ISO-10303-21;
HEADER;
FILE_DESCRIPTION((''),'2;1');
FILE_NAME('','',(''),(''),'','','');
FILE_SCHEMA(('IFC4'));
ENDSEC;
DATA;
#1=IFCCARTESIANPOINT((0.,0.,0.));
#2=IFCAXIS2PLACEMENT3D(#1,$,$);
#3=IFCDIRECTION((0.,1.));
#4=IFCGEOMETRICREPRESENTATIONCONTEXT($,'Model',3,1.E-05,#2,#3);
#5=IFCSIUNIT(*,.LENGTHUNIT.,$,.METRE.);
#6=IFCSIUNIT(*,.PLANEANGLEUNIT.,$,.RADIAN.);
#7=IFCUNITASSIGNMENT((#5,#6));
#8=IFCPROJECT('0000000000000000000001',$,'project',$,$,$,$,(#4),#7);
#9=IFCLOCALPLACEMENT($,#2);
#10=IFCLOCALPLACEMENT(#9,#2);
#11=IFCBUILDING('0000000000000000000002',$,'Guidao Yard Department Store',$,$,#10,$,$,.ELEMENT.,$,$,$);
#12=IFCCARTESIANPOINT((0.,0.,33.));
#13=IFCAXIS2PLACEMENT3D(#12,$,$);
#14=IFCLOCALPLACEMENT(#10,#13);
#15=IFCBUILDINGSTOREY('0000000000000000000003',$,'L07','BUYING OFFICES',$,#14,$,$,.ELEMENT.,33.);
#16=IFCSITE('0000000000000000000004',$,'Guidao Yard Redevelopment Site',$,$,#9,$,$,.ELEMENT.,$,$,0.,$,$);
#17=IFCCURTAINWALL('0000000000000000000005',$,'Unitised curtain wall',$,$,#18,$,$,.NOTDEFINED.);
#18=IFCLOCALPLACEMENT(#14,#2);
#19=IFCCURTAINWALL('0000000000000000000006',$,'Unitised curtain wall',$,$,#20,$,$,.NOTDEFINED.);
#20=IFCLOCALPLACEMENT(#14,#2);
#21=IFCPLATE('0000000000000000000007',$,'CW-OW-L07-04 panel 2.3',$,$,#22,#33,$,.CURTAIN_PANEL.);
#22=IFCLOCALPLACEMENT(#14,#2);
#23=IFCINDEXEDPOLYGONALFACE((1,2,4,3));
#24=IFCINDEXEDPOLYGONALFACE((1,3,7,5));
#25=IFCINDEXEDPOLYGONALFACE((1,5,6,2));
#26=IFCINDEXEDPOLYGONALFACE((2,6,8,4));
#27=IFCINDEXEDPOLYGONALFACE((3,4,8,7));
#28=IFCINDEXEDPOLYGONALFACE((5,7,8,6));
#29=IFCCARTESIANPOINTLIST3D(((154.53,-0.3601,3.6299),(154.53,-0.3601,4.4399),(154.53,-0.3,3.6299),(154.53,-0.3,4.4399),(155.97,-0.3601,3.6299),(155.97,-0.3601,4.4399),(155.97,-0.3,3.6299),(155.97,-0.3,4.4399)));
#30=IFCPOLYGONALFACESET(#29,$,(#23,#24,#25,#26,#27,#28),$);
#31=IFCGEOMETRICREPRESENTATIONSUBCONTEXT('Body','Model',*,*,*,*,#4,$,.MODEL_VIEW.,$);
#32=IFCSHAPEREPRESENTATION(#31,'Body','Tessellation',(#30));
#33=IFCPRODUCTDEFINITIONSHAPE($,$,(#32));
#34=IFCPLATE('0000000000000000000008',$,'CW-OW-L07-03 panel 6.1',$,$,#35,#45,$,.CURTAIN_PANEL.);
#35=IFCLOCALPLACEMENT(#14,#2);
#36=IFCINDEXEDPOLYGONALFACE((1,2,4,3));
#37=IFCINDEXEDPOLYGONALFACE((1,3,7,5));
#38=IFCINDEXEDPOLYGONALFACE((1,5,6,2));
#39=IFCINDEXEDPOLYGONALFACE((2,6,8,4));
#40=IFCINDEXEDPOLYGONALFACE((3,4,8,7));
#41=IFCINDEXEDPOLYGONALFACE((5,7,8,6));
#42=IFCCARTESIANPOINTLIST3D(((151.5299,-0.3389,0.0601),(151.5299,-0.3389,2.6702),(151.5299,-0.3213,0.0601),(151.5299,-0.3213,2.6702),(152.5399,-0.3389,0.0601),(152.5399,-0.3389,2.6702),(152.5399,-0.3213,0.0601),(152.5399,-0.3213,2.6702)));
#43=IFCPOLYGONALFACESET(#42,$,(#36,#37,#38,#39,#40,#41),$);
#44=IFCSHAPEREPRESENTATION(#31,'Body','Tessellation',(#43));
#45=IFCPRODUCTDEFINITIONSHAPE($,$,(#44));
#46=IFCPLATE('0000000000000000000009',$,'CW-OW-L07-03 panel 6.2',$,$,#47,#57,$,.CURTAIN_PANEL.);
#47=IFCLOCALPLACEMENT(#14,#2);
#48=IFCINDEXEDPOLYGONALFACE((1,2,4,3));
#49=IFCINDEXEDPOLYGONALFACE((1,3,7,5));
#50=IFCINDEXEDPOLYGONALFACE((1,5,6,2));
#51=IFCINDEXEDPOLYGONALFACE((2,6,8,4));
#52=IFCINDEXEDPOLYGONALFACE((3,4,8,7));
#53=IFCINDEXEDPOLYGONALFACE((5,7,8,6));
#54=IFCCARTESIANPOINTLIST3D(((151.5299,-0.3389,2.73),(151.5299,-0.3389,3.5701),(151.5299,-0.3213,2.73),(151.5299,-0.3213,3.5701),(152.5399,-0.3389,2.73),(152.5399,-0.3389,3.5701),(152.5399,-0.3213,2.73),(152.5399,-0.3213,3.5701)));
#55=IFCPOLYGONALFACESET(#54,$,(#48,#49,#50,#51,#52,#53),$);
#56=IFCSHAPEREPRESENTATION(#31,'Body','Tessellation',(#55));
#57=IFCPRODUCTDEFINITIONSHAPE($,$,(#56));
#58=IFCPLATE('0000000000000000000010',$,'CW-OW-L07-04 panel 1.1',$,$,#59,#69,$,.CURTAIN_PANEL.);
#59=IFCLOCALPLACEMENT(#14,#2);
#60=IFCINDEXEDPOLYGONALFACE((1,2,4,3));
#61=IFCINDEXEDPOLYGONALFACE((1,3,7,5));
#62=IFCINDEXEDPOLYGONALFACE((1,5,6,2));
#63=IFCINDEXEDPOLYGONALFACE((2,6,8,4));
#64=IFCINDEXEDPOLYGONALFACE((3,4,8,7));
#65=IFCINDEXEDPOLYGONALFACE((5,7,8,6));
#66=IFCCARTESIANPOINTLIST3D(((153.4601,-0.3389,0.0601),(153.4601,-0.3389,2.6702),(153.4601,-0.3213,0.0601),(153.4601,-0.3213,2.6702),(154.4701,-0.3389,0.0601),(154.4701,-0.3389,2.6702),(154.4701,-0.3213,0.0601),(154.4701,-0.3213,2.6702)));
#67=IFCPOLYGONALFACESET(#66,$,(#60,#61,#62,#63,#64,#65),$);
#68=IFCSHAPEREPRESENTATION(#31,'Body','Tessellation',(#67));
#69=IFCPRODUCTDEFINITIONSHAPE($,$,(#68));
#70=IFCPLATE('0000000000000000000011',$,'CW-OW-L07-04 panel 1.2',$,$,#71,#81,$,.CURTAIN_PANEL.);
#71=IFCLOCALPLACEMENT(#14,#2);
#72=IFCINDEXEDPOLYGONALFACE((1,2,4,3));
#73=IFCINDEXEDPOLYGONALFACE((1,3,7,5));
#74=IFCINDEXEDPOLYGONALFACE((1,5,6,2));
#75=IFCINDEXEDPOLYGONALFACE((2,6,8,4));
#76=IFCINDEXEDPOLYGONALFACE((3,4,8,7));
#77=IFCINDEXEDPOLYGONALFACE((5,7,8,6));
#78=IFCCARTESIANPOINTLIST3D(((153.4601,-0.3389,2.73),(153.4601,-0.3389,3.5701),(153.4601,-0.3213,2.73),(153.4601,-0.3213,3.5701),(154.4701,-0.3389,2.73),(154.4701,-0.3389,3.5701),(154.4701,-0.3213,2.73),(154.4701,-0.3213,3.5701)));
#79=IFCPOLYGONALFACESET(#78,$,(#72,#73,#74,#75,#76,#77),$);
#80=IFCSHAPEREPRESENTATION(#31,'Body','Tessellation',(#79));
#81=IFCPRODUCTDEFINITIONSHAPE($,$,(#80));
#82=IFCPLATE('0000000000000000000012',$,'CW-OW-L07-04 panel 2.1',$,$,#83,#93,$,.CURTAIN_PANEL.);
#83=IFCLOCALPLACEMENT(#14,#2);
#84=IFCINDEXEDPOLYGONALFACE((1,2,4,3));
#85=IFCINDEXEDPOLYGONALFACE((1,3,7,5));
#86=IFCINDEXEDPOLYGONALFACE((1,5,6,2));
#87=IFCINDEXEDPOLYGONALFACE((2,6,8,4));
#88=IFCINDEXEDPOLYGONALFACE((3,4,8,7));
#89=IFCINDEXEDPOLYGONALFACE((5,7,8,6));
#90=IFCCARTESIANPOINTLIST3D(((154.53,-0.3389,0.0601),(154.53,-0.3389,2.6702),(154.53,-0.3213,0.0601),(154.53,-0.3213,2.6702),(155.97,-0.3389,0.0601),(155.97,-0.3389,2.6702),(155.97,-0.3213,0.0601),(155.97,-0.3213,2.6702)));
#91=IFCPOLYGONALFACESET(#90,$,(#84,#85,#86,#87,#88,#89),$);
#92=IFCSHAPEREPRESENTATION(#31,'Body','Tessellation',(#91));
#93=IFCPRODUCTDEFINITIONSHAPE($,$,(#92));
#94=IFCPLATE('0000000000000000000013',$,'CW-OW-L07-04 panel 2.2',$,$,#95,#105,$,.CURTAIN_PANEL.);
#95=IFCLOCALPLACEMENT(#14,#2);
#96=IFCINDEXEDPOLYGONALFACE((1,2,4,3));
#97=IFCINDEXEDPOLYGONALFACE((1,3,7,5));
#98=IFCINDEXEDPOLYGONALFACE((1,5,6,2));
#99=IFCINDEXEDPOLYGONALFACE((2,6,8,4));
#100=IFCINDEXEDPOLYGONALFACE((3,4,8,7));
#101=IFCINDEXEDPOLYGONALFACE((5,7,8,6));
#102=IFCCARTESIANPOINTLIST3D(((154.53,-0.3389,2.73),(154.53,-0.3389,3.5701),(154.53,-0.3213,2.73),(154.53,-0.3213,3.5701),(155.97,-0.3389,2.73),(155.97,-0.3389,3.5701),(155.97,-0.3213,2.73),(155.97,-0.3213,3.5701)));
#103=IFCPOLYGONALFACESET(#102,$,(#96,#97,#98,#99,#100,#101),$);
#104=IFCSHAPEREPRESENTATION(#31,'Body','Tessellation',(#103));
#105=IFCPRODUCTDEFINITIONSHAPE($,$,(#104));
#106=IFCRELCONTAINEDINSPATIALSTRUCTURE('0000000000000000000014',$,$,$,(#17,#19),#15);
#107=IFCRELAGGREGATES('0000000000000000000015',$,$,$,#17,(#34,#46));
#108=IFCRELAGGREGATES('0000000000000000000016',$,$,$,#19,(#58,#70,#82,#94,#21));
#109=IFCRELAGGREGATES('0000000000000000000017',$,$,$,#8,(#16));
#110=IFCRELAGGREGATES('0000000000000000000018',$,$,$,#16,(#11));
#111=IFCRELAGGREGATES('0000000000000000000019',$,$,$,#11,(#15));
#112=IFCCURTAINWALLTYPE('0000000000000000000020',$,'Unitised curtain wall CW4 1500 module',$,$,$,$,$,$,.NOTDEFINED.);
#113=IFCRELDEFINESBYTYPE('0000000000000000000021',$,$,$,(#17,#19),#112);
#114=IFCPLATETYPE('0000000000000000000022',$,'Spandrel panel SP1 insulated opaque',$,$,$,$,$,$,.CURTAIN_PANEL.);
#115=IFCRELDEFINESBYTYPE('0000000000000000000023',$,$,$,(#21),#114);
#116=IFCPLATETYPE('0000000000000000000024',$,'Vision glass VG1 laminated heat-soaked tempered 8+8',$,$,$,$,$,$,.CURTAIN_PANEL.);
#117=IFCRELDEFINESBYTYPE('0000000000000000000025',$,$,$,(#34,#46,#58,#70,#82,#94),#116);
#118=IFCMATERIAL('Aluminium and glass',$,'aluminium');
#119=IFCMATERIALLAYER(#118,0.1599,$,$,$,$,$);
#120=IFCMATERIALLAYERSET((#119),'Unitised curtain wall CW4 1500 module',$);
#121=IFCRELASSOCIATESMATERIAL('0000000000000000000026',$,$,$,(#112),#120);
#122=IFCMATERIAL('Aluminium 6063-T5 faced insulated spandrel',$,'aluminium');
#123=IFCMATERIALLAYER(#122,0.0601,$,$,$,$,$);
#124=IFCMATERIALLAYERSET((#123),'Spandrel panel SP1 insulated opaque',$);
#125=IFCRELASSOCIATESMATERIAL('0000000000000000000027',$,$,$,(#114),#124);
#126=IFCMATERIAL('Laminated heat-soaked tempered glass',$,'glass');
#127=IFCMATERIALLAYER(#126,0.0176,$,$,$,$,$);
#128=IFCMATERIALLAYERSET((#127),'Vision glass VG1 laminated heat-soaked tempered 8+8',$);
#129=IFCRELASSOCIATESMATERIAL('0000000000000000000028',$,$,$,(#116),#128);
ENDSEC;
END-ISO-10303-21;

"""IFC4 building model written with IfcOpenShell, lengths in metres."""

from ifc_helpers import new_model, si_unit, direction, frame, origin, origin_2d, place, context, subcontext, project, spatial, rectangle, extrude, material, layer, layer_set, type_object, element, aggregate, save


model = new_model("IFC4")

# Units and contexts
model_context = context("Model", 3, precision=1e-05, world=origin(), true_north=direction((0.0, 1.0)))
body_context = subcontext(model_context, "Body", "Model", "MODEL_VIEW")
ifc_project = project(units=[si_unit("LENGTHUNIT", "METRE"), si_unit("PLANEANGLEUNIT", "RADIAN")], contexts=[model_context])

# Site, building, storey
site_placement = place(None, origin())
site = spatial("IfcSite", under=ifc_project, at=site_placement, Name="Guidao Yard Redevelopment Site", CompositionType="ELEMENT", RefElevation=0.0)
building_placement = place(site_placement, origin())
building = spatial("IfcBuilding", under=site, at=building_placement, Name="Guidao Yard Department Store", CompositionType="ELEMENT")
storey_placement = place(building_placement, frame((0.0, 0.0, 33.0)))
storey = spatial("IfcBuildingStorey", under=building, at=storey_placement, Name="L07", Description="BUYING OFFICES", CompositionType="ELEMENT", Elevation=33.0)

# Curtain wall
ifc_material_1 = material(Name="Aluminium and glass", Category="aluminium")
ifc_layer_1 = layer(ifc_material_1, 0.1599)
ifc_layer_set_1 = layer_set([ifc_layer_1], Name="Unitised curtain wall CW4 1500 module")
curtain_wall_type = type_object("IfcCurtainWallType", Name="Unitised curtain wall CW4 1500 module", PredefinedType="NOTDEFINED", material=ifc_layer_set_1)
curtain_wall_1_placement = place(storey_placement, origin())
curtain_wall_1 = element("IfcCurtainWall", 1, at=curtain_wall_1_placement, inside=storey, type_object=curtain_wall_type, Name="Unitised curtain wall", PredefinedType="NOTDEFINED")

# Curtain wall
curtain_wall_2_placement = place(storey_placement, origin())
curtain_wall_2 = element("IfcCurtainWall", 2, at=curtain_wall_2_placement, inside=storey, type_object=curtain_wall_type, Name="Unitised curtain wall", PredefinedType="NOTDEFINED")

# Plates
ifc_material_2 = material(Name="Aluminium 6063-T5 faced insulated spandrel", Category="aluminium")
ifc_layer_2 = layer(ifc_material_2, 0.0601)
ifc_layer_set_2 = layer_set([ifc_layer_2], Name="Spandrel panel SP1 insulated opaque")
plate_type_1 = type_object("IfcPlateType", Name="Spandrel panel SP1 insulated opaque", PredefinedType="CURTAIN_PANEL", material=ifc_layer_set_2)
plate_1_placement = place(storey_placement, frame((155.25, -0.3301, 3.6299), z_axis=(0.0, 0.0, 1.0), x_axis=(-1.0, 0.0, 0.0)))
plate_1 = element("IfcPlate", 3, at=plate_1_placement, type_object=plate_type_1, Name="CW-OW-L07-04 panel 2.3", PredefinedType="CURTAIN_PANEL", context=body_context, shape_type="SweptSolid", body=[
    extrude(rectangle(XDim=1.4399, YDim=0.0601, at=origin_2d()), origin(), (0.0, 0.0, 1.0), 0.8101),
])
ifc_material_3 = material(Name="Laminated heat-soaked tempered glass", Category="glass")
ifc_layer_3 = layer(ifc_material_3, 0.0176)
ifc_layer_set_3 = layer_set([ifc_layer_3], Name="Vision glass VG1 laminated heat-soaked tempered 8+8")
plate_type_2 = type_object("IfcPlateType", Name="Vision glass VG1 laminated heat-soaked tempered 8+8", PredefinedType="CURTAIN_PANEL", material=ifc_layer_set_3)
plate_2_placement = place(storey_placement, frame((152.0349, -0.3301, 0.0601), z_axis=(0.0, 0.0, 1.0), x_axis=(-1.0, 0.0, 0.0)))
plate_2 = element("IfcPlate", 4, at=plate_2_placement, type_object=plate_type_2, Name="CW-OW-L07-03 panel 6.1", PredefinedType="CURTAIN_PANEL", context=body_context, shape_type="SweptSolid", body=[
    extrude(rectangle(XDim=1.01, YDim=0.0176, at=origin_2d()), origin(), (0.0, 0.0, 1.0), 2.6101),
])
plate_3_placement = place(storey_placement, frame((152.0349, -0.3301, 2.73), z_axis=(0.0, 0.0, 1.0), x_axis=(-1.0, 0.0, 0.0)))
plate_3 = element("IfcPlate", 5, at=plate_3_placement, type_object=plate_type_2, Name="CW-OW-L07-03 panel 6.2", PredefinedType="CURTAIN_PANEL", context=body_context, shape_type="SweptSolid", body=[
    extrude(rectangle(XDim=1.01, YDim=0.0176, at=origin_2d()), origin(), (0.0, 0.0, 1.0), 0.8401),
])
aggregate(curtain_wall_1, [plate_2, plate_3])
plate_4_placement = place(storey_placement, frame((153.9651, -0.3301, 0.0601), z_axis=(0.0, 0.0, 1.0), x_axis=(-1.0, 0.0, 0.0)))
plate_4 = element("IfcPlate", 6, at=plate_4_placement, type_object=plate_type_2, Name="CW-OW-L07-04 panel 1.1", PredefinedType="CURTAIN_PANEL", context=body_context, shape_type="SweptSolid", body=[
    extrude(rectangle(XDim=1.01, YDim=0.0176, at=origin_2d()), origin(), (0.0, 0.0, 1.0), 2.6101),
])
plate_5_placement = place(storey_placement, frame((153.9651, -0.3301, 2.73), z_axis=(0.0, 0.0, 1.0), x_axis=(-1.0, 0.0, 0.0)))
plate_5 = element("IfcPlate", 7, at=plate_5_placement, type_object=plate_type_2, Name="CW-OW-L07-04 panel 1.2", PredefinedType="CURTAIN_PANEL", context=body_context, shape_type="SweptSolid", body=[
    extrude(rectangle(XDim=1.01, YDim=0.0176, at=origin_2d()), origin(), (0.0, 0.0, 1.0), 0.8401),
])
plate_6_placement = place(storey_placement, frame((155.25, -0.3301, 0.0601), z_axis=(0.0, 0.0, 1.0), x_axis=(-1.0, 0.0, 0.0)))
plate_6 = element("IfcPlate", 8, at=plate_6_placement, type_object=plate_type_2, Name="CW-OW-L07-04 panel 2.1", PredefinedType="CURTAIN_PANEL", context=body_context, shape_type="SweptSolid", body=[
    extrude(rectangle(XDim=1.4399, YDim=0.0176, at=origin_2d()), origin(), (0.0, 0.0, 1.0), 2.6101),
])
plate_7_placement = place(storey_placement, frame((155.25, -0.3301, 2.73), z_axis=(0.0, 0.0, 1.0), x_axis=(-1.0, 0.0, 0.0)))
plate_7 = element("IfcPlate", 9, at=plate_7_placement, type_object=plate_type_2, Name="CW-OW-L07-04 panel 2.2", PredefinedType="CURTAIN_PANEL", context=body_context, shape_type="SweptSolid", body=[
    extrude(rectangle(XDim=1.4399, YDim=0.0176, at=origin_2d()), origin(), (0.0, 0.0, 1.0), 0.8401),
])
aggregate(curtain_wall_2, [plate_4, plate_5, plate_6, plate_7, plate_1])

save(model, "model.ifc")
